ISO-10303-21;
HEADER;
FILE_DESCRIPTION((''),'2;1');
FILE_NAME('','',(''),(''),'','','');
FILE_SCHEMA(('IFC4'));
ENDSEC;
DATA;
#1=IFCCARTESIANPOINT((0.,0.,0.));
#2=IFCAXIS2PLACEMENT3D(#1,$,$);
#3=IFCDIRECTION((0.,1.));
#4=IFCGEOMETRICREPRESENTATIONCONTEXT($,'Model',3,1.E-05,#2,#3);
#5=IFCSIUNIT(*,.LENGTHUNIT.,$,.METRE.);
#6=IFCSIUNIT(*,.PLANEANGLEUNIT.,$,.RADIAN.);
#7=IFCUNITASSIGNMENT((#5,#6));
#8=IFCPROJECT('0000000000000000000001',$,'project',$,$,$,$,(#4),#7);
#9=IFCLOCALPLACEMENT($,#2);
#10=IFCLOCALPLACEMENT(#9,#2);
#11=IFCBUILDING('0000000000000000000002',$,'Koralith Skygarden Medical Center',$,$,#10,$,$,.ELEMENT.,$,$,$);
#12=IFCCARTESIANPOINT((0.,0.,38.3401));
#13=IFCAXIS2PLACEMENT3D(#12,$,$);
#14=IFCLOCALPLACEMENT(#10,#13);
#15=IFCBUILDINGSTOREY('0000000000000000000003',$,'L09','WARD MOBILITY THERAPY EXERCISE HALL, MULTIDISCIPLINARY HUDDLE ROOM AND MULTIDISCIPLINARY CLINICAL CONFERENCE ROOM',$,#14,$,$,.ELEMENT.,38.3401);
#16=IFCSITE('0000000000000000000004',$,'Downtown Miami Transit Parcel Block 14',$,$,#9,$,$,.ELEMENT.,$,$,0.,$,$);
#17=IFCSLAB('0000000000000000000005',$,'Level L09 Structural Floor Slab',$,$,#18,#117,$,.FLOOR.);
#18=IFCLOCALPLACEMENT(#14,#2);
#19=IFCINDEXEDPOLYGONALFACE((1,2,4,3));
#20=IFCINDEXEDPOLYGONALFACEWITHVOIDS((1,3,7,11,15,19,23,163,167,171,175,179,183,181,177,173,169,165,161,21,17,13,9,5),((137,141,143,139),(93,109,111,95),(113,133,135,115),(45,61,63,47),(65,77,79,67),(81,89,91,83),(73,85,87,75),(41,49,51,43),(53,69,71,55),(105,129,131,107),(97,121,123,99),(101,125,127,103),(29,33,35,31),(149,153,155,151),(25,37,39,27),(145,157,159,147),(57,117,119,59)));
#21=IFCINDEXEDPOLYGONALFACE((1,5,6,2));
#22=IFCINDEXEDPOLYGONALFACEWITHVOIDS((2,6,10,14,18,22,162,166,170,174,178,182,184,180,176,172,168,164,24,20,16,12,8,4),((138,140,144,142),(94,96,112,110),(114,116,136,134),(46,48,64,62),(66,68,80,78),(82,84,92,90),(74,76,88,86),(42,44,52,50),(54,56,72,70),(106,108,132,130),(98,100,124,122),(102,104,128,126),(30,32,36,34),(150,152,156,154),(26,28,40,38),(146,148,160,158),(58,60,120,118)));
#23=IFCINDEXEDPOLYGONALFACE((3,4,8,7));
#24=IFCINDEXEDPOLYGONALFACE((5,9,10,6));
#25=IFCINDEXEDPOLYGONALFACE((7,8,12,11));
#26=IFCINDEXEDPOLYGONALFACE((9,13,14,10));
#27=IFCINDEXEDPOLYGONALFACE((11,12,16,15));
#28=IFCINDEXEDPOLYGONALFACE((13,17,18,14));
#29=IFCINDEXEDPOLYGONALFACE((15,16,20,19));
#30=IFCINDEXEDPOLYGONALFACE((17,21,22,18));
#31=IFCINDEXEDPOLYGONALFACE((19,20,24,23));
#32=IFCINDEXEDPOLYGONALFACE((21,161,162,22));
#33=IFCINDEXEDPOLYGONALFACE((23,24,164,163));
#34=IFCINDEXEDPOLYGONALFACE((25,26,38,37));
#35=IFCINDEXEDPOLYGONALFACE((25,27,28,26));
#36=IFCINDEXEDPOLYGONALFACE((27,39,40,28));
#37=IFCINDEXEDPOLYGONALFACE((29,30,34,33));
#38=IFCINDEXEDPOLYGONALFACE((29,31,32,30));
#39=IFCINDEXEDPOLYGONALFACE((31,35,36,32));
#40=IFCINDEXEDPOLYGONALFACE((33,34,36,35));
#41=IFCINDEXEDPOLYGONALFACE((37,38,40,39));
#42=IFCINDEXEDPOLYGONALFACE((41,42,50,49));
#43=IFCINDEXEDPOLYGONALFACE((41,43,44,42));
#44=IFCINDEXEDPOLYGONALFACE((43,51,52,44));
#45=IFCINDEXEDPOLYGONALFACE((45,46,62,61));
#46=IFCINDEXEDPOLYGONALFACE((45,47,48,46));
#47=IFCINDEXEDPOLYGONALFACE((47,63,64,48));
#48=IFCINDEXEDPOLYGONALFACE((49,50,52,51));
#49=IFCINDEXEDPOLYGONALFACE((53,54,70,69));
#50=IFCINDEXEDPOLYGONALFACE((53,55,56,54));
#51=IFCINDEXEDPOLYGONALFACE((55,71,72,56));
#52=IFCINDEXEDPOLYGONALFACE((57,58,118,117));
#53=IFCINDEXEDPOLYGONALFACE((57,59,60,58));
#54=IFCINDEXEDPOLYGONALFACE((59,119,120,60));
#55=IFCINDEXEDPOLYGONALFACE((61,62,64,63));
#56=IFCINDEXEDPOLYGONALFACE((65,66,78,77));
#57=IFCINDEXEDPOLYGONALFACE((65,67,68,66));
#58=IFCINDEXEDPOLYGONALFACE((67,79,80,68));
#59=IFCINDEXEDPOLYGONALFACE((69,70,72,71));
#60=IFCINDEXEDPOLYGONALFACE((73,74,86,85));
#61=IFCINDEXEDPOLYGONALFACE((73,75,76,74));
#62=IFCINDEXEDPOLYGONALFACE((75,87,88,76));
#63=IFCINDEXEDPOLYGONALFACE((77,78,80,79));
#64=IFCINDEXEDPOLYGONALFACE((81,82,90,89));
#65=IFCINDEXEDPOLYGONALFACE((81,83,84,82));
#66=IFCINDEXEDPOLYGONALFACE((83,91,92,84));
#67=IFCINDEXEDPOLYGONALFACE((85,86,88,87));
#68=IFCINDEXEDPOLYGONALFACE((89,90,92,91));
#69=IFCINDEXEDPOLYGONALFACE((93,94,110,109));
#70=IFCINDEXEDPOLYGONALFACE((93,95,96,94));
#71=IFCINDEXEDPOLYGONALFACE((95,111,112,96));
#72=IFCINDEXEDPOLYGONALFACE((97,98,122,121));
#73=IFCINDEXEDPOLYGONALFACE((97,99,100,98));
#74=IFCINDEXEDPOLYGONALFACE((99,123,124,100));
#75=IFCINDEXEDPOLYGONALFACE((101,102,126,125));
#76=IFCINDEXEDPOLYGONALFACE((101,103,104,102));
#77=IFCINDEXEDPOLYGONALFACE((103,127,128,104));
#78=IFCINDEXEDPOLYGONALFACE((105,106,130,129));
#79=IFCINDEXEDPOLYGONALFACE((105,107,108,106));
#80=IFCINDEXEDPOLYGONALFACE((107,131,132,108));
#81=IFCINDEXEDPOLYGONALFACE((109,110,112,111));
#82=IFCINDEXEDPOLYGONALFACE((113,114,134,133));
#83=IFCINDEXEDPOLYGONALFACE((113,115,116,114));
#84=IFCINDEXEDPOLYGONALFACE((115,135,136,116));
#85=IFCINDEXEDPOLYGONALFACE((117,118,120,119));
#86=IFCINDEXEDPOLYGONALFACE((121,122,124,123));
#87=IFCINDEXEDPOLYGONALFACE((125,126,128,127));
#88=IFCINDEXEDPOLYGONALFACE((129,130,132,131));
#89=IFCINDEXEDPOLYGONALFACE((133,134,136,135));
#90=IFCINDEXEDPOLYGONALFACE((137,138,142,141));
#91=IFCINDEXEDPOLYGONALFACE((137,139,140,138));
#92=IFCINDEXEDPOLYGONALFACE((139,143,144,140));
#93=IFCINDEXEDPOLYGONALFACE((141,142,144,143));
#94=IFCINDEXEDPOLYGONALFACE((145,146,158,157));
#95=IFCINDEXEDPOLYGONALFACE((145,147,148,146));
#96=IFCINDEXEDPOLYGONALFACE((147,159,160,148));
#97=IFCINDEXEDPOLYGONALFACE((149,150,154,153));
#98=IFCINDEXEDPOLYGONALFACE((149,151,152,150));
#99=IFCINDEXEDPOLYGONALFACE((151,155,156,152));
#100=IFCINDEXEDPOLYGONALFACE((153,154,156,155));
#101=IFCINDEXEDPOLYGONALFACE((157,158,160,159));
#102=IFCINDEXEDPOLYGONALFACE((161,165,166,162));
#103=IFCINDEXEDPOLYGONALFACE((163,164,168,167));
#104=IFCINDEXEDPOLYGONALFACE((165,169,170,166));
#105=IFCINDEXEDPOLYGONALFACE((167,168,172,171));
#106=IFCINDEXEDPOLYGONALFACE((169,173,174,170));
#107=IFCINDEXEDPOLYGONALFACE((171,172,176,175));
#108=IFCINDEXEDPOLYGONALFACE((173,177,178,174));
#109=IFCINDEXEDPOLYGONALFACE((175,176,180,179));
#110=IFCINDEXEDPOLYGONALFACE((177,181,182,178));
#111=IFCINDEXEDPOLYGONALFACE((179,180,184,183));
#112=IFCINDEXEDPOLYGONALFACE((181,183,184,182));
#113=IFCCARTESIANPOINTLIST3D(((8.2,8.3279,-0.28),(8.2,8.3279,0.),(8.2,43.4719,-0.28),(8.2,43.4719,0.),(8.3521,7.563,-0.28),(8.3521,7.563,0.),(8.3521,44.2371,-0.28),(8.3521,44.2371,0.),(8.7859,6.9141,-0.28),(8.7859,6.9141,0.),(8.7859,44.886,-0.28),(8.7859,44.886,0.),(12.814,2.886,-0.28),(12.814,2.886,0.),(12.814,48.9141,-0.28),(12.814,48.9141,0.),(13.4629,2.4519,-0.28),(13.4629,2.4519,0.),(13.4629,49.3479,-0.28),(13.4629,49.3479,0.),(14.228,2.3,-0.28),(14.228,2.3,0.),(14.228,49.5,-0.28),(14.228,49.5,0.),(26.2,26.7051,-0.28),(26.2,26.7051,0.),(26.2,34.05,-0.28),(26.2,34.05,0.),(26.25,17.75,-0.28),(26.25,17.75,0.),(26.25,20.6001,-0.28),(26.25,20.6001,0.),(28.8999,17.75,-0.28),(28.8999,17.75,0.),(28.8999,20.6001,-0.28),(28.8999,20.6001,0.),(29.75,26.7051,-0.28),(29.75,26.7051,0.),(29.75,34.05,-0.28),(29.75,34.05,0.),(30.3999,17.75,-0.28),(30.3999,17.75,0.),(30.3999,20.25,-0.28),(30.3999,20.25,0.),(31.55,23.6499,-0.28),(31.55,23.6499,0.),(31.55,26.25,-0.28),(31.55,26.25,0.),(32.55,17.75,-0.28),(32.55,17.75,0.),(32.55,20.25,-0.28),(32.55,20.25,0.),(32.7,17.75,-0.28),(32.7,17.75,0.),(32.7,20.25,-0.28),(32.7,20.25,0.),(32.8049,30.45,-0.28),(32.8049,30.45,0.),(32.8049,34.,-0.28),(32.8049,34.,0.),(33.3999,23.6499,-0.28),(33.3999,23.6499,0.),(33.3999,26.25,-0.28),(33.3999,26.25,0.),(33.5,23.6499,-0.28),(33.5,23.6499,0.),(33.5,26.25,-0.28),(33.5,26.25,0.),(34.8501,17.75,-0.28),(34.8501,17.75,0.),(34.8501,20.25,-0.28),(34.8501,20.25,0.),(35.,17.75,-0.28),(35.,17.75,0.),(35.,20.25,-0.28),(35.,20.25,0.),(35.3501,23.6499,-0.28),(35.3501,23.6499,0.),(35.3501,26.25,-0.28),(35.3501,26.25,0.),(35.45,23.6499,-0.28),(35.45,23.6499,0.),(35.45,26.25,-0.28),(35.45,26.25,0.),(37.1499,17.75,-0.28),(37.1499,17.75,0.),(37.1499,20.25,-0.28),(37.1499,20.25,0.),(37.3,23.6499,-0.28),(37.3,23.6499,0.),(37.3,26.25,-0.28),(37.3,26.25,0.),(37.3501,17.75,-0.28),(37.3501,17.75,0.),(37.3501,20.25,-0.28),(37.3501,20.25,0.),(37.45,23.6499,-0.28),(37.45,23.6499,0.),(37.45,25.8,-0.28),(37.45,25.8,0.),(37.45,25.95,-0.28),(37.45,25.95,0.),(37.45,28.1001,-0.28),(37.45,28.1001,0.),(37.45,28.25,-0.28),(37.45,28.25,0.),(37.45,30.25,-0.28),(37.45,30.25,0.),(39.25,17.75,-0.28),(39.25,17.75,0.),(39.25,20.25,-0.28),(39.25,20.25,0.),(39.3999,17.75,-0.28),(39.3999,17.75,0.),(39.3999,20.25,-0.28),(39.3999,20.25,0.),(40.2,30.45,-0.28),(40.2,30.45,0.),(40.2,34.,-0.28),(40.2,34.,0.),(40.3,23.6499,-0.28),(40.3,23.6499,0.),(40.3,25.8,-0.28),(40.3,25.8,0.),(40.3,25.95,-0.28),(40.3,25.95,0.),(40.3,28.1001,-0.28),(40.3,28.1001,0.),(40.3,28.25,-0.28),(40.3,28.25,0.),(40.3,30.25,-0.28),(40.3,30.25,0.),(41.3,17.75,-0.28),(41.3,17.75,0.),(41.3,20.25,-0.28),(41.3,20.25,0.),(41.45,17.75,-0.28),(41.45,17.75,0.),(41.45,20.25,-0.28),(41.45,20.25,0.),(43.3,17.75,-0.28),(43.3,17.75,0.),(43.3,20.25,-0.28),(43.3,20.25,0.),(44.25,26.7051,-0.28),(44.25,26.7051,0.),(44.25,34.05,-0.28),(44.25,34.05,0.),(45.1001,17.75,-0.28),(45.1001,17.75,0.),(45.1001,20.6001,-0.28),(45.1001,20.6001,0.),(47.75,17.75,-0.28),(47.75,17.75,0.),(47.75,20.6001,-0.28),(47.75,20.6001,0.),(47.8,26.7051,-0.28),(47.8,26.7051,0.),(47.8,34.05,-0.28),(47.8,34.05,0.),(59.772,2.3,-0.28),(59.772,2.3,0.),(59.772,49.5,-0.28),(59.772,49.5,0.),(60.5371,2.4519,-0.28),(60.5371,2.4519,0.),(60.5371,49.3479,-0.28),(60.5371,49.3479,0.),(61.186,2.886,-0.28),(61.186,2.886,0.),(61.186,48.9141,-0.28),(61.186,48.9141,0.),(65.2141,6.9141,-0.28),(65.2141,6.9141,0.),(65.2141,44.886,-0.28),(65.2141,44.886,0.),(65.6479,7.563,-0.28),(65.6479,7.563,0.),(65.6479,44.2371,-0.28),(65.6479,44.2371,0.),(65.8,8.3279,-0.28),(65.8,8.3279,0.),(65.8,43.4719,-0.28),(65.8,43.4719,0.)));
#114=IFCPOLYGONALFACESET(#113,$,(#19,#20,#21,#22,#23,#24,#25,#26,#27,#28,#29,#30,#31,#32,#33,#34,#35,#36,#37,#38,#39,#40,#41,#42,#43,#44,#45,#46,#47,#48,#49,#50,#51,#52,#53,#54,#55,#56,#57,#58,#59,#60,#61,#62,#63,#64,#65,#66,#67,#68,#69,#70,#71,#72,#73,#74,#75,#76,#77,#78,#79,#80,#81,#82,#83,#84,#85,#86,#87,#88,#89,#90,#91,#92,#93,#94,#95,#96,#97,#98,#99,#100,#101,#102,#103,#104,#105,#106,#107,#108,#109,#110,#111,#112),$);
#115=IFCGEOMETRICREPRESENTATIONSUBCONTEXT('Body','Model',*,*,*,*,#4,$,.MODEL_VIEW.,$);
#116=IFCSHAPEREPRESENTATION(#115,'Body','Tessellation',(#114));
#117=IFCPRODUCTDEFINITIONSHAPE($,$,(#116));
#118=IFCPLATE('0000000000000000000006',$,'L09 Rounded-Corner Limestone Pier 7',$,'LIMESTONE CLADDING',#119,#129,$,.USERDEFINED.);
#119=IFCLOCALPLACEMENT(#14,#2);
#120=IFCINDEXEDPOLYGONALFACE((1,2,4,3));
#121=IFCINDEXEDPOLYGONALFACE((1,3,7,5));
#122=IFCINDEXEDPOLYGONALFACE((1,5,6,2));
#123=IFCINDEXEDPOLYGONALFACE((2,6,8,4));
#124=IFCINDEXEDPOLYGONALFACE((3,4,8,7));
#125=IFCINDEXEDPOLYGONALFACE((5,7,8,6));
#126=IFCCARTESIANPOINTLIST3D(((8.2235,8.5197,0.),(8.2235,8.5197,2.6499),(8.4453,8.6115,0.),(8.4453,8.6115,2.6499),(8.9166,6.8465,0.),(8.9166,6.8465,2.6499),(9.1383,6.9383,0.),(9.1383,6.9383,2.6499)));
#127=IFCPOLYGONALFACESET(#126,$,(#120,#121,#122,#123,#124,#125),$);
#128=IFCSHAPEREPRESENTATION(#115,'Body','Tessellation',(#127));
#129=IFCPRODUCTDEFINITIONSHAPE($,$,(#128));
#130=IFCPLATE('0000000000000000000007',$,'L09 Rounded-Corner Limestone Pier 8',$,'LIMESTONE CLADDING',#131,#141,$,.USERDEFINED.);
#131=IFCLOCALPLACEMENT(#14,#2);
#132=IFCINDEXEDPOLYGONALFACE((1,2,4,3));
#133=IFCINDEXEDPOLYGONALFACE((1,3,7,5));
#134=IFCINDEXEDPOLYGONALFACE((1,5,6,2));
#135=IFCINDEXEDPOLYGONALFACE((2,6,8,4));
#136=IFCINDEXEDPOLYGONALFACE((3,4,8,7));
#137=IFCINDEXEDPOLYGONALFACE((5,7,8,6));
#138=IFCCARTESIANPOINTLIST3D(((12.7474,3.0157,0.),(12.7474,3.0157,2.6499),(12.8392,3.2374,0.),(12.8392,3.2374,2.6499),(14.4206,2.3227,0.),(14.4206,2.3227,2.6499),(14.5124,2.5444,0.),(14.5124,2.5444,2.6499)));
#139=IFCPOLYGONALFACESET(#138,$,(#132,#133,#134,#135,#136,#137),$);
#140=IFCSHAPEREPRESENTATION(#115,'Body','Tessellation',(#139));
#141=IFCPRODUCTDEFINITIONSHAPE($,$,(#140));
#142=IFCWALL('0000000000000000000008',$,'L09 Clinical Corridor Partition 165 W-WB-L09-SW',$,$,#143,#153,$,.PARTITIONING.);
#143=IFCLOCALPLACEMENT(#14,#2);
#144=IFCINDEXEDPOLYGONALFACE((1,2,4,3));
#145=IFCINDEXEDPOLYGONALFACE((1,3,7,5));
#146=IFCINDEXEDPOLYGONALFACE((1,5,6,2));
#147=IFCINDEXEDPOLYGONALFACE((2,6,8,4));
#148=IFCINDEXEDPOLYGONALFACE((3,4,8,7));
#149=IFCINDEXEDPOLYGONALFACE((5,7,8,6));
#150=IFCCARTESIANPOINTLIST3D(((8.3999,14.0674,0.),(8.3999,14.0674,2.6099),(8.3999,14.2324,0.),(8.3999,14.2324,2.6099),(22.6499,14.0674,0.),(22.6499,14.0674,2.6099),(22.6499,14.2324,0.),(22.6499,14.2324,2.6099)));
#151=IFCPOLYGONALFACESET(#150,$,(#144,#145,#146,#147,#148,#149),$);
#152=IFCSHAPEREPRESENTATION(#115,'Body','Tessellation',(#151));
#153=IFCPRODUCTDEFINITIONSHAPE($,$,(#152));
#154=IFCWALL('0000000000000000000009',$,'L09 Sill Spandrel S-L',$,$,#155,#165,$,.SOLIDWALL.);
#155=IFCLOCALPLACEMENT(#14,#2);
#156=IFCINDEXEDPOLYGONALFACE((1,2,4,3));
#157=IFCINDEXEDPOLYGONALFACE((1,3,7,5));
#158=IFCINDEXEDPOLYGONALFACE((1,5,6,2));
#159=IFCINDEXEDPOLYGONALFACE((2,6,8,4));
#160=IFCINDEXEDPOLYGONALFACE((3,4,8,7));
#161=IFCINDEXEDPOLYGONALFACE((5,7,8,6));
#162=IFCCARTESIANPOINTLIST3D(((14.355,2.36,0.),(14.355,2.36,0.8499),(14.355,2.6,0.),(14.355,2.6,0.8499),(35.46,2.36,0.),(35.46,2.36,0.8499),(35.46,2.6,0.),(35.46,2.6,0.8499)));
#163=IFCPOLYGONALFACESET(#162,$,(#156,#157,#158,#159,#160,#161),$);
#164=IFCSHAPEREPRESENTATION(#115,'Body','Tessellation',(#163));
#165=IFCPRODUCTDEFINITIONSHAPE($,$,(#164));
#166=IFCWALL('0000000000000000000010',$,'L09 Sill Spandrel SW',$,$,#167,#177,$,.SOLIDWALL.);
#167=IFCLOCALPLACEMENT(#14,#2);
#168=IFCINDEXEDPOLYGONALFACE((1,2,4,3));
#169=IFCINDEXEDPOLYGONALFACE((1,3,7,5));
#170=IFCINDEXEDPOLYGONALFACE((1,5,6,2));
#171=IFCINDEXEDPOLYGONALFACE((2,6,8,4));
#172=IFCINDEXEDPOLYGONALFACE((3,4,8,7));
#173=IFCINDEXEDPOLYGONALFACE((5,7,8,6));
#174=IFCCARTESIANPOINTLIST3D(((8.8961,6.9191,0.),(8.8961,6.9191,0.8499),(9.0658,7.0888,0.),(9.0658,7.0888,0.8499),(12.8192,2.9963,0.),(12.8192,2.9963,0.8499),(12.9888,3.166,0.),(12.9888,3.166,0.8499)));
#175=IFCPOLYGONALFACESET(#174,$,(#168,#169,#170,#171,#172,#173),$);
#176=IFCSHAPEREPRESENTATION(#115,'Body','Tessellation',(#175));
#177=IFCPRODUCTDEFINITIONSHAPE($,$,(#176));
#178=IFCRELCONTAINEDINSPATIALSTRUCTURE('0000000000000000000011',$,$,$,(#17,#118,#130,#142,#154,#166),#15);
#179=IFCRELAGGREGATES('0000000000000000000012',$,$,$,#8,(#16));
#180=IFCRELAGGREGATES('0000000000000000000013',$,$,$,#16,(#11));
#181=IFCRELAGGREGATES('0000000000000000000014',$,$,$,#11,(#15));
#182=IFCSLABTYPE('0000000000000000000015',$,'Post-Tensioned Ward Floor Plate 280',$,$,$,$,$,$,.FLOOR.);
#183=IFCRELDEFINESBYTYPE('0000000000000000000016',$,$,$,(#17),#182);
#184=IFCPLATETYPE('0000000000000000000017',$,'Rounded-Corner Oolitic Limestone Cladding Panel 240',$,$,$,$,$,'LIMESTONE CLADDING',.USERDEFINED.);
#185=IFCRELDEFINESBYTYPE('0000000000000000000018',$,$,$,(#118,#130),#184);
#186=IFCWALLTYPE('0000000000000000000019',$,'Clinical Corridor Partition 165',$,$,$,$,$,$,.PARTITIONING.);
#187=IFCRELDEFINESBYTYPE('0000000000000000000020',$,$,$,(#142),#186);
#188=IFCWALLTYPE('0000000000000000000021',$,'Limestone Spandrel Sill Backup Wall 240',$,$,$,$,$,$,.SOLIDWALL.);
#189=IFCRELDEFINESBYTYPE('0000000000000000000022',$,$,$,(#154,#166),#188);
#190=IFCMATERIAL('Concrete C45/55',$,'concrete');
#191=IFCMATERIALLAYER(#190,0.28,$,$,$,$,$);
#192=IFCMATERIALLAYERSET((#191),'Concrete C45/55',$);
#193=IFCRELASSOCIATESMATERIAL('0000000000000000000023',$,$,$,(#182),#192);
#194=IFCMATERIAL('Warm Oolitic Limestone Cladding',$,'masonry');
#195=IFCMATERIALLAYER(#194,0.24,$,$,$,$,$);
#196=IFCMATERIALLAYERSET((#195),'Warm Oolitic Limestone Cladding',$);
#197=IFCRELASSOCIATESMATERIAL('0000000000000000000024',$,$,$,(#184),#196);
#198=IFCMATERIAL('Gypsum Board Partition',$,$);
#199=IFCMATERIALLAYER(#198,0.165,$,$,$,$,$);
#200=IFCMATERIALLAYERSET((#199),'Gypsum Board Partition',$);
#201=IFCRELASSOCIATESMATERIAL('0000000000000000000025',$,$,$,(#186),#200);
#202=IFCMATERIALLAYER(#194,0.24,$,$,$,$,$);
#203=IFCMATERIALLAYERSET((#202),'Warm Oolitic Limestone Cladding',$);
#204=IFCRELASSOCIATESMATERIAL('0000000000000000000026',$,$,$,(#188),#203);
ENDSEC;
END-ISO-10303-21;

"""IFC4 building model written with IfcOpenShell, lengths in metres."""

from ifc_helpers import new_model, si_unit, direction, frame, frame_2d, origin, origin_2d, place, context, subcontext, project, spatial, polyline, rectangle, outline, extrude, material, layer, layer_set, type_object, element, save


model = new_model("IFC4")

# Units and contexts
model_context = context("Model", 3, precision=1e-05, world=origin(), true_north=direction((0.0, 1.0)))
body_context = subcontext(model_context, "Body", "Model", "MODEL_VIEW")
ifc_project = project(units=[si_unit("LENGTHUNIT", "METRE"), si_unit("PLANEANGLEUNIT", "RADIAN")], contexts=[model_context])

# Site, building, storey
site_placement = place(None, origin())
site = spatial("IfcSite", under=ifc_project, at=site_placement, Name="Downtown Miami Transit Parcel Block 14", CompositionType="ELEMENT", RefElevation=0.0)
building_placement = place(site_placement, origin())
building = spatial("IfcBuilding", under=site, at=building_placement, Name="Koralith Skygarden Medical Center", CompositionType="ELEMENT")
storey_placement = place(building_placement, frame((0.0, 0.0, 38.3401)))
storey = spatial("IfcBuildingStorey", under=building, at=storey_placement, Name="L09", Description="WARD MOBILITY THERAPY EXERCISE HALL, MULTIDISCIPLINARY HUDDLE ROOM AND MULTIDISCIPLINARY CLINICAL CONFERENCE ROOM", CompositionType="ELEMENT", Elevation=38.3401)

# Shared definitions
ifc_material_1 = material(Name="Concrete C45/55", Category="concrete")

# Slab
ifc_layer_1 = layer(ifc_material_1, 0.28)
ifc_layer_set_1 = layer_set([ifc_layer_1], Name="Concrete C45/55")
slab_type_1 = type_object("IfcSlabType", Name="Post-Tensioned Ward Floor Plate 280", PredefinedType="FLOOR", material=ifc_layer_set_1)
slab_1_placement = place(storey_placement, frame((0.0, 0.0, -0.28)))
element("IfcSlab", 1, at=slab_1_placement, inside=storey, type_object=slab_type_1, Name="Level L09 Structural Floor Slab", PredefinedType="FLOOR", context=body_context, shape_type="SweptSolid", body=[
    extrude(outline(polyline([(12.814, 2.886), (13.4629, 2.4519), (14.228, 2.3), (59.772, 2.3), (60.5371, 2.4519), (61.186, 2.886), (65.2141, 6.9141), (65.6479, 7.563), (65.8, 8.3279), (65.8, 43.4719), (65.6479, 44.2371), (65.2141, 44.886), (61.186, 48.9141), (60.5371, 49.3479), (59.772, 49.5), (14.228, 49.5), (13.4629, 49.3479), (12.814, 48.9141), (8.7859, 44.886), (8.3521, 44.2371), (8.2, 43.4719), (8.2, 8.3279), (8.3521, 7.563), (8.7859, 6.9141), (12.814, 2.886)]), holes=[polyline([(26.2, 26.7051), (29.75, 26.7051), (29.75, 34.05), (26.2, 34.05), (26.2, 26.7051)]), polyline([(44.25, 26.7051), (47.8, 26.7051), (47.8, 34.05), (44.25, 34.05), (44.25, 26.7051)]), polyline([(32.8049, 30.45), (40.2, 30.45), (40.2, 34.0), (32.8049, 34.0), (32.8049, 30.45)]), polyline([(26.25, 17.75), (28.8999, 17.75), (28.8999, 20.6001), (26.25, 20.6001), (26.25, 17.75)]), polyline([(45.1001, 17.75), (47.75, 17.75), (47.75, 20.6001), (45.1001, 20.6001), (45.1001, 17.75)]), polyline([(30.3999, 17.75), (32.55, 17.75), (32.55, 20.25), (30.3999, 20.25), (30.3999, 17.75)]), polyline([(32.7, 17.75), (34.8501, 17.75), (34.8501, 20.25), (32.7, 20.25), (32.7, 17.75)]), polyline([(35.0, 17.75), (37.1499, 17.75), (37.1499, 20.25), (35.0, 20.25), (35.0, 17.75)]), polyline([(37.3501, 17.75), (39.25, 17.75), (39.25, 20.25), (37.3501, 20.25), (37.3501, 17.75)]), polyline([(39.3999, 17.75), (41.3, 17.75), (41.3, 20.25), (39.3999, 20.25), (39.3999, 17.75)]), polyline([(41.45, 17.75), (43.3, 17.75), (43.3, 20.25), (41.45, 20.25), (41.45, 17.75)]), polyline([(31.55, 23.6499), (33.3999, 23.6499), (33.3999, 26.25), (31.55, 26.25), (31.55, 23.6499)]), polyline([(33.5, 23.6499), (35.3501, 23.6499), (35.3501, 26.25), (33.5, 26.25), (33.5, 23.6499)]), polyline([(35.45, 23.6499), (37.3, 23.6499), (37.3, 26.25), (35.45, 26.25), (35.45, 23.6499)]), polyline([(37.45, 23.6499), (40.3, 23.6499), (40.3, 25.8), (37.45, 25.8), (37.45, 23.6499)]), polyline([(37.45, 25.95), (40.3, 25.95), (40.3, 28.1001), (37.45, 28.1001), (37.45, 25.95)]), polyline([(37.45, 28.25), (40.3, 28.25), (40.3, 30.25), (37.45, 30.25), (37.45, 28.25)])]), origin(), (0.0, 0.0, 1.0), 0.28),
])

# Plates
ifc_material_2 = material(Name="Warm Oolitic Limestone Cladding", Category="masonry")
ifc_layer_2 = layer(ifc_material_2, 0.24)
ifc_layer_set_2 = layer_set([ifc_layer_2], Name="Warm Oolitic Limestone Cladding")
plate_type_1 = type_object("IfcPlateType", Name="Rounded-Corner Oolitic Limestone Cladding Panel 240", ElementType="LIMESTONE CLADDING", PredefinedType="USERDEFINED", material=ifc_layer_set_2)
for number, where, z_axis, x_axis, name in (
    (2, (8.6809, 7.729, 0.0), (0.0, 0.0, 1.0), (0.382671, -0.923885, 0.0), "L09 Rounded-Corner Limestone Pier 7"),
    (3, (13.6299, 2.78, 0.0), (0.0, 0.0, 1.0), (0.923885, -0.382671, 0.0), "L09 Rounded-Corner Limestone Pier 8"),
):
    element("IfcPlate", number, at=place(storey_placement, frame(where, z_axis=z_axis, x_axis=x_axis)), inside=storey, type_object=plate_type_1, Name=name, ObjectType="LIMESTONE CLADDING", PredefinedType="USERDEFINED", context=body_context, shape_type="SweptSolid", body=[
        extrude(rectangle(XDim=1.811, YDim=0.24, at=origin_2d()), origin(), (0.0, 0.0, 1.0), 2.6499),
    ])

# Walls
ifc_material_3 = material(Name="Gypsum Board Partition")
ifc_layer_3 = layer(ifc_material_3, 0.165)
ifc_layer_set_3 = layer_set([ifc_layer_3], Name="Gypsum Board Partition")
wall_type_1 = type_object("IfcWallType", Name="Clinical Corridor Partition 165", PredefinedType="PARTITIONING", material=ifc_layer_set_3)
wall_1_placement = place(storey_placement, frame((8.3999, 14.1499, 0.0), z_axis=(0.0, 0.0, 1.0), x_axis=(1.0, 0.0, 0.0)))
element("IfcWall", 4, at=wall_1_placement, inside=storey, type_object=wall_type_1, Name="L09 Clinical Corridor Partition 165 W-WB-L09-SW", PredefinedType="PARTITIONING", context=body_context, shape_type="SweptSolid", body=[
    extrude(rectangle(XDim=14.25, YDim=0.165, at=frame_2d((7.125, 0.0))), origin(), (0.0, 0.0, 1.0), 2.6099),
])
ifc_layer_4 = layer(ifc_material_2, 0.24)
ifc_layer_set_4 = layer_set([ifc_layer_4], Name="Warm Oolitic Limestone Cladding")
wall_type_2 = type_object("IfcWallType", Name="Limestone Spandrel Sill Backup Wall 240", PredefinedType="SOLIDWALL", material=ifc_layer_set_4)
wall_2_placement = place(storey_placement, frame((14.355, 2.48, 0.0), z_axis=(0.0, 0.0, 1.0), x_axis=(1.0, 0.0, 0.0)))
element("IfcWall", 5, at=wall_2_placement, inside=storey, type_object=wall_type_2, Name="L09 Sill Spandrel S-L", PredefinedType="SOLIDWALL", context=body_context, shape_type="SweptSolid", body=[
    extrude(rectangle(XDim=21.105, YDim=0.24, at=frame_2d((10.5525, 0.0))), origin(), (0.0, 0.0, 1.0), 0.8499),
])
wall_3_placement = place(storey_placement, frame((8.981, 7.0039, 0.0), z_axis=(0.0, 0.0, 1.0), x_axis=(0.707129, -0.707085, 0.0)))
element("IfcWall", 6, at=wall_3_placement, inside=storey, type_object=wall_type_2, Name="L09 Sill Spandrel SW", PredefinedType="SOLIDWALL", context=body_context, shape_type="SweptSolid", body=[
    extrude(rectangle(XDim=5.5479, YDim=0.24, at=frame_2d((2.7739, 0.0))), origin(), (0.0, 0.0, 1.0), 0.8499),
])

save(model, "model.ifc")
